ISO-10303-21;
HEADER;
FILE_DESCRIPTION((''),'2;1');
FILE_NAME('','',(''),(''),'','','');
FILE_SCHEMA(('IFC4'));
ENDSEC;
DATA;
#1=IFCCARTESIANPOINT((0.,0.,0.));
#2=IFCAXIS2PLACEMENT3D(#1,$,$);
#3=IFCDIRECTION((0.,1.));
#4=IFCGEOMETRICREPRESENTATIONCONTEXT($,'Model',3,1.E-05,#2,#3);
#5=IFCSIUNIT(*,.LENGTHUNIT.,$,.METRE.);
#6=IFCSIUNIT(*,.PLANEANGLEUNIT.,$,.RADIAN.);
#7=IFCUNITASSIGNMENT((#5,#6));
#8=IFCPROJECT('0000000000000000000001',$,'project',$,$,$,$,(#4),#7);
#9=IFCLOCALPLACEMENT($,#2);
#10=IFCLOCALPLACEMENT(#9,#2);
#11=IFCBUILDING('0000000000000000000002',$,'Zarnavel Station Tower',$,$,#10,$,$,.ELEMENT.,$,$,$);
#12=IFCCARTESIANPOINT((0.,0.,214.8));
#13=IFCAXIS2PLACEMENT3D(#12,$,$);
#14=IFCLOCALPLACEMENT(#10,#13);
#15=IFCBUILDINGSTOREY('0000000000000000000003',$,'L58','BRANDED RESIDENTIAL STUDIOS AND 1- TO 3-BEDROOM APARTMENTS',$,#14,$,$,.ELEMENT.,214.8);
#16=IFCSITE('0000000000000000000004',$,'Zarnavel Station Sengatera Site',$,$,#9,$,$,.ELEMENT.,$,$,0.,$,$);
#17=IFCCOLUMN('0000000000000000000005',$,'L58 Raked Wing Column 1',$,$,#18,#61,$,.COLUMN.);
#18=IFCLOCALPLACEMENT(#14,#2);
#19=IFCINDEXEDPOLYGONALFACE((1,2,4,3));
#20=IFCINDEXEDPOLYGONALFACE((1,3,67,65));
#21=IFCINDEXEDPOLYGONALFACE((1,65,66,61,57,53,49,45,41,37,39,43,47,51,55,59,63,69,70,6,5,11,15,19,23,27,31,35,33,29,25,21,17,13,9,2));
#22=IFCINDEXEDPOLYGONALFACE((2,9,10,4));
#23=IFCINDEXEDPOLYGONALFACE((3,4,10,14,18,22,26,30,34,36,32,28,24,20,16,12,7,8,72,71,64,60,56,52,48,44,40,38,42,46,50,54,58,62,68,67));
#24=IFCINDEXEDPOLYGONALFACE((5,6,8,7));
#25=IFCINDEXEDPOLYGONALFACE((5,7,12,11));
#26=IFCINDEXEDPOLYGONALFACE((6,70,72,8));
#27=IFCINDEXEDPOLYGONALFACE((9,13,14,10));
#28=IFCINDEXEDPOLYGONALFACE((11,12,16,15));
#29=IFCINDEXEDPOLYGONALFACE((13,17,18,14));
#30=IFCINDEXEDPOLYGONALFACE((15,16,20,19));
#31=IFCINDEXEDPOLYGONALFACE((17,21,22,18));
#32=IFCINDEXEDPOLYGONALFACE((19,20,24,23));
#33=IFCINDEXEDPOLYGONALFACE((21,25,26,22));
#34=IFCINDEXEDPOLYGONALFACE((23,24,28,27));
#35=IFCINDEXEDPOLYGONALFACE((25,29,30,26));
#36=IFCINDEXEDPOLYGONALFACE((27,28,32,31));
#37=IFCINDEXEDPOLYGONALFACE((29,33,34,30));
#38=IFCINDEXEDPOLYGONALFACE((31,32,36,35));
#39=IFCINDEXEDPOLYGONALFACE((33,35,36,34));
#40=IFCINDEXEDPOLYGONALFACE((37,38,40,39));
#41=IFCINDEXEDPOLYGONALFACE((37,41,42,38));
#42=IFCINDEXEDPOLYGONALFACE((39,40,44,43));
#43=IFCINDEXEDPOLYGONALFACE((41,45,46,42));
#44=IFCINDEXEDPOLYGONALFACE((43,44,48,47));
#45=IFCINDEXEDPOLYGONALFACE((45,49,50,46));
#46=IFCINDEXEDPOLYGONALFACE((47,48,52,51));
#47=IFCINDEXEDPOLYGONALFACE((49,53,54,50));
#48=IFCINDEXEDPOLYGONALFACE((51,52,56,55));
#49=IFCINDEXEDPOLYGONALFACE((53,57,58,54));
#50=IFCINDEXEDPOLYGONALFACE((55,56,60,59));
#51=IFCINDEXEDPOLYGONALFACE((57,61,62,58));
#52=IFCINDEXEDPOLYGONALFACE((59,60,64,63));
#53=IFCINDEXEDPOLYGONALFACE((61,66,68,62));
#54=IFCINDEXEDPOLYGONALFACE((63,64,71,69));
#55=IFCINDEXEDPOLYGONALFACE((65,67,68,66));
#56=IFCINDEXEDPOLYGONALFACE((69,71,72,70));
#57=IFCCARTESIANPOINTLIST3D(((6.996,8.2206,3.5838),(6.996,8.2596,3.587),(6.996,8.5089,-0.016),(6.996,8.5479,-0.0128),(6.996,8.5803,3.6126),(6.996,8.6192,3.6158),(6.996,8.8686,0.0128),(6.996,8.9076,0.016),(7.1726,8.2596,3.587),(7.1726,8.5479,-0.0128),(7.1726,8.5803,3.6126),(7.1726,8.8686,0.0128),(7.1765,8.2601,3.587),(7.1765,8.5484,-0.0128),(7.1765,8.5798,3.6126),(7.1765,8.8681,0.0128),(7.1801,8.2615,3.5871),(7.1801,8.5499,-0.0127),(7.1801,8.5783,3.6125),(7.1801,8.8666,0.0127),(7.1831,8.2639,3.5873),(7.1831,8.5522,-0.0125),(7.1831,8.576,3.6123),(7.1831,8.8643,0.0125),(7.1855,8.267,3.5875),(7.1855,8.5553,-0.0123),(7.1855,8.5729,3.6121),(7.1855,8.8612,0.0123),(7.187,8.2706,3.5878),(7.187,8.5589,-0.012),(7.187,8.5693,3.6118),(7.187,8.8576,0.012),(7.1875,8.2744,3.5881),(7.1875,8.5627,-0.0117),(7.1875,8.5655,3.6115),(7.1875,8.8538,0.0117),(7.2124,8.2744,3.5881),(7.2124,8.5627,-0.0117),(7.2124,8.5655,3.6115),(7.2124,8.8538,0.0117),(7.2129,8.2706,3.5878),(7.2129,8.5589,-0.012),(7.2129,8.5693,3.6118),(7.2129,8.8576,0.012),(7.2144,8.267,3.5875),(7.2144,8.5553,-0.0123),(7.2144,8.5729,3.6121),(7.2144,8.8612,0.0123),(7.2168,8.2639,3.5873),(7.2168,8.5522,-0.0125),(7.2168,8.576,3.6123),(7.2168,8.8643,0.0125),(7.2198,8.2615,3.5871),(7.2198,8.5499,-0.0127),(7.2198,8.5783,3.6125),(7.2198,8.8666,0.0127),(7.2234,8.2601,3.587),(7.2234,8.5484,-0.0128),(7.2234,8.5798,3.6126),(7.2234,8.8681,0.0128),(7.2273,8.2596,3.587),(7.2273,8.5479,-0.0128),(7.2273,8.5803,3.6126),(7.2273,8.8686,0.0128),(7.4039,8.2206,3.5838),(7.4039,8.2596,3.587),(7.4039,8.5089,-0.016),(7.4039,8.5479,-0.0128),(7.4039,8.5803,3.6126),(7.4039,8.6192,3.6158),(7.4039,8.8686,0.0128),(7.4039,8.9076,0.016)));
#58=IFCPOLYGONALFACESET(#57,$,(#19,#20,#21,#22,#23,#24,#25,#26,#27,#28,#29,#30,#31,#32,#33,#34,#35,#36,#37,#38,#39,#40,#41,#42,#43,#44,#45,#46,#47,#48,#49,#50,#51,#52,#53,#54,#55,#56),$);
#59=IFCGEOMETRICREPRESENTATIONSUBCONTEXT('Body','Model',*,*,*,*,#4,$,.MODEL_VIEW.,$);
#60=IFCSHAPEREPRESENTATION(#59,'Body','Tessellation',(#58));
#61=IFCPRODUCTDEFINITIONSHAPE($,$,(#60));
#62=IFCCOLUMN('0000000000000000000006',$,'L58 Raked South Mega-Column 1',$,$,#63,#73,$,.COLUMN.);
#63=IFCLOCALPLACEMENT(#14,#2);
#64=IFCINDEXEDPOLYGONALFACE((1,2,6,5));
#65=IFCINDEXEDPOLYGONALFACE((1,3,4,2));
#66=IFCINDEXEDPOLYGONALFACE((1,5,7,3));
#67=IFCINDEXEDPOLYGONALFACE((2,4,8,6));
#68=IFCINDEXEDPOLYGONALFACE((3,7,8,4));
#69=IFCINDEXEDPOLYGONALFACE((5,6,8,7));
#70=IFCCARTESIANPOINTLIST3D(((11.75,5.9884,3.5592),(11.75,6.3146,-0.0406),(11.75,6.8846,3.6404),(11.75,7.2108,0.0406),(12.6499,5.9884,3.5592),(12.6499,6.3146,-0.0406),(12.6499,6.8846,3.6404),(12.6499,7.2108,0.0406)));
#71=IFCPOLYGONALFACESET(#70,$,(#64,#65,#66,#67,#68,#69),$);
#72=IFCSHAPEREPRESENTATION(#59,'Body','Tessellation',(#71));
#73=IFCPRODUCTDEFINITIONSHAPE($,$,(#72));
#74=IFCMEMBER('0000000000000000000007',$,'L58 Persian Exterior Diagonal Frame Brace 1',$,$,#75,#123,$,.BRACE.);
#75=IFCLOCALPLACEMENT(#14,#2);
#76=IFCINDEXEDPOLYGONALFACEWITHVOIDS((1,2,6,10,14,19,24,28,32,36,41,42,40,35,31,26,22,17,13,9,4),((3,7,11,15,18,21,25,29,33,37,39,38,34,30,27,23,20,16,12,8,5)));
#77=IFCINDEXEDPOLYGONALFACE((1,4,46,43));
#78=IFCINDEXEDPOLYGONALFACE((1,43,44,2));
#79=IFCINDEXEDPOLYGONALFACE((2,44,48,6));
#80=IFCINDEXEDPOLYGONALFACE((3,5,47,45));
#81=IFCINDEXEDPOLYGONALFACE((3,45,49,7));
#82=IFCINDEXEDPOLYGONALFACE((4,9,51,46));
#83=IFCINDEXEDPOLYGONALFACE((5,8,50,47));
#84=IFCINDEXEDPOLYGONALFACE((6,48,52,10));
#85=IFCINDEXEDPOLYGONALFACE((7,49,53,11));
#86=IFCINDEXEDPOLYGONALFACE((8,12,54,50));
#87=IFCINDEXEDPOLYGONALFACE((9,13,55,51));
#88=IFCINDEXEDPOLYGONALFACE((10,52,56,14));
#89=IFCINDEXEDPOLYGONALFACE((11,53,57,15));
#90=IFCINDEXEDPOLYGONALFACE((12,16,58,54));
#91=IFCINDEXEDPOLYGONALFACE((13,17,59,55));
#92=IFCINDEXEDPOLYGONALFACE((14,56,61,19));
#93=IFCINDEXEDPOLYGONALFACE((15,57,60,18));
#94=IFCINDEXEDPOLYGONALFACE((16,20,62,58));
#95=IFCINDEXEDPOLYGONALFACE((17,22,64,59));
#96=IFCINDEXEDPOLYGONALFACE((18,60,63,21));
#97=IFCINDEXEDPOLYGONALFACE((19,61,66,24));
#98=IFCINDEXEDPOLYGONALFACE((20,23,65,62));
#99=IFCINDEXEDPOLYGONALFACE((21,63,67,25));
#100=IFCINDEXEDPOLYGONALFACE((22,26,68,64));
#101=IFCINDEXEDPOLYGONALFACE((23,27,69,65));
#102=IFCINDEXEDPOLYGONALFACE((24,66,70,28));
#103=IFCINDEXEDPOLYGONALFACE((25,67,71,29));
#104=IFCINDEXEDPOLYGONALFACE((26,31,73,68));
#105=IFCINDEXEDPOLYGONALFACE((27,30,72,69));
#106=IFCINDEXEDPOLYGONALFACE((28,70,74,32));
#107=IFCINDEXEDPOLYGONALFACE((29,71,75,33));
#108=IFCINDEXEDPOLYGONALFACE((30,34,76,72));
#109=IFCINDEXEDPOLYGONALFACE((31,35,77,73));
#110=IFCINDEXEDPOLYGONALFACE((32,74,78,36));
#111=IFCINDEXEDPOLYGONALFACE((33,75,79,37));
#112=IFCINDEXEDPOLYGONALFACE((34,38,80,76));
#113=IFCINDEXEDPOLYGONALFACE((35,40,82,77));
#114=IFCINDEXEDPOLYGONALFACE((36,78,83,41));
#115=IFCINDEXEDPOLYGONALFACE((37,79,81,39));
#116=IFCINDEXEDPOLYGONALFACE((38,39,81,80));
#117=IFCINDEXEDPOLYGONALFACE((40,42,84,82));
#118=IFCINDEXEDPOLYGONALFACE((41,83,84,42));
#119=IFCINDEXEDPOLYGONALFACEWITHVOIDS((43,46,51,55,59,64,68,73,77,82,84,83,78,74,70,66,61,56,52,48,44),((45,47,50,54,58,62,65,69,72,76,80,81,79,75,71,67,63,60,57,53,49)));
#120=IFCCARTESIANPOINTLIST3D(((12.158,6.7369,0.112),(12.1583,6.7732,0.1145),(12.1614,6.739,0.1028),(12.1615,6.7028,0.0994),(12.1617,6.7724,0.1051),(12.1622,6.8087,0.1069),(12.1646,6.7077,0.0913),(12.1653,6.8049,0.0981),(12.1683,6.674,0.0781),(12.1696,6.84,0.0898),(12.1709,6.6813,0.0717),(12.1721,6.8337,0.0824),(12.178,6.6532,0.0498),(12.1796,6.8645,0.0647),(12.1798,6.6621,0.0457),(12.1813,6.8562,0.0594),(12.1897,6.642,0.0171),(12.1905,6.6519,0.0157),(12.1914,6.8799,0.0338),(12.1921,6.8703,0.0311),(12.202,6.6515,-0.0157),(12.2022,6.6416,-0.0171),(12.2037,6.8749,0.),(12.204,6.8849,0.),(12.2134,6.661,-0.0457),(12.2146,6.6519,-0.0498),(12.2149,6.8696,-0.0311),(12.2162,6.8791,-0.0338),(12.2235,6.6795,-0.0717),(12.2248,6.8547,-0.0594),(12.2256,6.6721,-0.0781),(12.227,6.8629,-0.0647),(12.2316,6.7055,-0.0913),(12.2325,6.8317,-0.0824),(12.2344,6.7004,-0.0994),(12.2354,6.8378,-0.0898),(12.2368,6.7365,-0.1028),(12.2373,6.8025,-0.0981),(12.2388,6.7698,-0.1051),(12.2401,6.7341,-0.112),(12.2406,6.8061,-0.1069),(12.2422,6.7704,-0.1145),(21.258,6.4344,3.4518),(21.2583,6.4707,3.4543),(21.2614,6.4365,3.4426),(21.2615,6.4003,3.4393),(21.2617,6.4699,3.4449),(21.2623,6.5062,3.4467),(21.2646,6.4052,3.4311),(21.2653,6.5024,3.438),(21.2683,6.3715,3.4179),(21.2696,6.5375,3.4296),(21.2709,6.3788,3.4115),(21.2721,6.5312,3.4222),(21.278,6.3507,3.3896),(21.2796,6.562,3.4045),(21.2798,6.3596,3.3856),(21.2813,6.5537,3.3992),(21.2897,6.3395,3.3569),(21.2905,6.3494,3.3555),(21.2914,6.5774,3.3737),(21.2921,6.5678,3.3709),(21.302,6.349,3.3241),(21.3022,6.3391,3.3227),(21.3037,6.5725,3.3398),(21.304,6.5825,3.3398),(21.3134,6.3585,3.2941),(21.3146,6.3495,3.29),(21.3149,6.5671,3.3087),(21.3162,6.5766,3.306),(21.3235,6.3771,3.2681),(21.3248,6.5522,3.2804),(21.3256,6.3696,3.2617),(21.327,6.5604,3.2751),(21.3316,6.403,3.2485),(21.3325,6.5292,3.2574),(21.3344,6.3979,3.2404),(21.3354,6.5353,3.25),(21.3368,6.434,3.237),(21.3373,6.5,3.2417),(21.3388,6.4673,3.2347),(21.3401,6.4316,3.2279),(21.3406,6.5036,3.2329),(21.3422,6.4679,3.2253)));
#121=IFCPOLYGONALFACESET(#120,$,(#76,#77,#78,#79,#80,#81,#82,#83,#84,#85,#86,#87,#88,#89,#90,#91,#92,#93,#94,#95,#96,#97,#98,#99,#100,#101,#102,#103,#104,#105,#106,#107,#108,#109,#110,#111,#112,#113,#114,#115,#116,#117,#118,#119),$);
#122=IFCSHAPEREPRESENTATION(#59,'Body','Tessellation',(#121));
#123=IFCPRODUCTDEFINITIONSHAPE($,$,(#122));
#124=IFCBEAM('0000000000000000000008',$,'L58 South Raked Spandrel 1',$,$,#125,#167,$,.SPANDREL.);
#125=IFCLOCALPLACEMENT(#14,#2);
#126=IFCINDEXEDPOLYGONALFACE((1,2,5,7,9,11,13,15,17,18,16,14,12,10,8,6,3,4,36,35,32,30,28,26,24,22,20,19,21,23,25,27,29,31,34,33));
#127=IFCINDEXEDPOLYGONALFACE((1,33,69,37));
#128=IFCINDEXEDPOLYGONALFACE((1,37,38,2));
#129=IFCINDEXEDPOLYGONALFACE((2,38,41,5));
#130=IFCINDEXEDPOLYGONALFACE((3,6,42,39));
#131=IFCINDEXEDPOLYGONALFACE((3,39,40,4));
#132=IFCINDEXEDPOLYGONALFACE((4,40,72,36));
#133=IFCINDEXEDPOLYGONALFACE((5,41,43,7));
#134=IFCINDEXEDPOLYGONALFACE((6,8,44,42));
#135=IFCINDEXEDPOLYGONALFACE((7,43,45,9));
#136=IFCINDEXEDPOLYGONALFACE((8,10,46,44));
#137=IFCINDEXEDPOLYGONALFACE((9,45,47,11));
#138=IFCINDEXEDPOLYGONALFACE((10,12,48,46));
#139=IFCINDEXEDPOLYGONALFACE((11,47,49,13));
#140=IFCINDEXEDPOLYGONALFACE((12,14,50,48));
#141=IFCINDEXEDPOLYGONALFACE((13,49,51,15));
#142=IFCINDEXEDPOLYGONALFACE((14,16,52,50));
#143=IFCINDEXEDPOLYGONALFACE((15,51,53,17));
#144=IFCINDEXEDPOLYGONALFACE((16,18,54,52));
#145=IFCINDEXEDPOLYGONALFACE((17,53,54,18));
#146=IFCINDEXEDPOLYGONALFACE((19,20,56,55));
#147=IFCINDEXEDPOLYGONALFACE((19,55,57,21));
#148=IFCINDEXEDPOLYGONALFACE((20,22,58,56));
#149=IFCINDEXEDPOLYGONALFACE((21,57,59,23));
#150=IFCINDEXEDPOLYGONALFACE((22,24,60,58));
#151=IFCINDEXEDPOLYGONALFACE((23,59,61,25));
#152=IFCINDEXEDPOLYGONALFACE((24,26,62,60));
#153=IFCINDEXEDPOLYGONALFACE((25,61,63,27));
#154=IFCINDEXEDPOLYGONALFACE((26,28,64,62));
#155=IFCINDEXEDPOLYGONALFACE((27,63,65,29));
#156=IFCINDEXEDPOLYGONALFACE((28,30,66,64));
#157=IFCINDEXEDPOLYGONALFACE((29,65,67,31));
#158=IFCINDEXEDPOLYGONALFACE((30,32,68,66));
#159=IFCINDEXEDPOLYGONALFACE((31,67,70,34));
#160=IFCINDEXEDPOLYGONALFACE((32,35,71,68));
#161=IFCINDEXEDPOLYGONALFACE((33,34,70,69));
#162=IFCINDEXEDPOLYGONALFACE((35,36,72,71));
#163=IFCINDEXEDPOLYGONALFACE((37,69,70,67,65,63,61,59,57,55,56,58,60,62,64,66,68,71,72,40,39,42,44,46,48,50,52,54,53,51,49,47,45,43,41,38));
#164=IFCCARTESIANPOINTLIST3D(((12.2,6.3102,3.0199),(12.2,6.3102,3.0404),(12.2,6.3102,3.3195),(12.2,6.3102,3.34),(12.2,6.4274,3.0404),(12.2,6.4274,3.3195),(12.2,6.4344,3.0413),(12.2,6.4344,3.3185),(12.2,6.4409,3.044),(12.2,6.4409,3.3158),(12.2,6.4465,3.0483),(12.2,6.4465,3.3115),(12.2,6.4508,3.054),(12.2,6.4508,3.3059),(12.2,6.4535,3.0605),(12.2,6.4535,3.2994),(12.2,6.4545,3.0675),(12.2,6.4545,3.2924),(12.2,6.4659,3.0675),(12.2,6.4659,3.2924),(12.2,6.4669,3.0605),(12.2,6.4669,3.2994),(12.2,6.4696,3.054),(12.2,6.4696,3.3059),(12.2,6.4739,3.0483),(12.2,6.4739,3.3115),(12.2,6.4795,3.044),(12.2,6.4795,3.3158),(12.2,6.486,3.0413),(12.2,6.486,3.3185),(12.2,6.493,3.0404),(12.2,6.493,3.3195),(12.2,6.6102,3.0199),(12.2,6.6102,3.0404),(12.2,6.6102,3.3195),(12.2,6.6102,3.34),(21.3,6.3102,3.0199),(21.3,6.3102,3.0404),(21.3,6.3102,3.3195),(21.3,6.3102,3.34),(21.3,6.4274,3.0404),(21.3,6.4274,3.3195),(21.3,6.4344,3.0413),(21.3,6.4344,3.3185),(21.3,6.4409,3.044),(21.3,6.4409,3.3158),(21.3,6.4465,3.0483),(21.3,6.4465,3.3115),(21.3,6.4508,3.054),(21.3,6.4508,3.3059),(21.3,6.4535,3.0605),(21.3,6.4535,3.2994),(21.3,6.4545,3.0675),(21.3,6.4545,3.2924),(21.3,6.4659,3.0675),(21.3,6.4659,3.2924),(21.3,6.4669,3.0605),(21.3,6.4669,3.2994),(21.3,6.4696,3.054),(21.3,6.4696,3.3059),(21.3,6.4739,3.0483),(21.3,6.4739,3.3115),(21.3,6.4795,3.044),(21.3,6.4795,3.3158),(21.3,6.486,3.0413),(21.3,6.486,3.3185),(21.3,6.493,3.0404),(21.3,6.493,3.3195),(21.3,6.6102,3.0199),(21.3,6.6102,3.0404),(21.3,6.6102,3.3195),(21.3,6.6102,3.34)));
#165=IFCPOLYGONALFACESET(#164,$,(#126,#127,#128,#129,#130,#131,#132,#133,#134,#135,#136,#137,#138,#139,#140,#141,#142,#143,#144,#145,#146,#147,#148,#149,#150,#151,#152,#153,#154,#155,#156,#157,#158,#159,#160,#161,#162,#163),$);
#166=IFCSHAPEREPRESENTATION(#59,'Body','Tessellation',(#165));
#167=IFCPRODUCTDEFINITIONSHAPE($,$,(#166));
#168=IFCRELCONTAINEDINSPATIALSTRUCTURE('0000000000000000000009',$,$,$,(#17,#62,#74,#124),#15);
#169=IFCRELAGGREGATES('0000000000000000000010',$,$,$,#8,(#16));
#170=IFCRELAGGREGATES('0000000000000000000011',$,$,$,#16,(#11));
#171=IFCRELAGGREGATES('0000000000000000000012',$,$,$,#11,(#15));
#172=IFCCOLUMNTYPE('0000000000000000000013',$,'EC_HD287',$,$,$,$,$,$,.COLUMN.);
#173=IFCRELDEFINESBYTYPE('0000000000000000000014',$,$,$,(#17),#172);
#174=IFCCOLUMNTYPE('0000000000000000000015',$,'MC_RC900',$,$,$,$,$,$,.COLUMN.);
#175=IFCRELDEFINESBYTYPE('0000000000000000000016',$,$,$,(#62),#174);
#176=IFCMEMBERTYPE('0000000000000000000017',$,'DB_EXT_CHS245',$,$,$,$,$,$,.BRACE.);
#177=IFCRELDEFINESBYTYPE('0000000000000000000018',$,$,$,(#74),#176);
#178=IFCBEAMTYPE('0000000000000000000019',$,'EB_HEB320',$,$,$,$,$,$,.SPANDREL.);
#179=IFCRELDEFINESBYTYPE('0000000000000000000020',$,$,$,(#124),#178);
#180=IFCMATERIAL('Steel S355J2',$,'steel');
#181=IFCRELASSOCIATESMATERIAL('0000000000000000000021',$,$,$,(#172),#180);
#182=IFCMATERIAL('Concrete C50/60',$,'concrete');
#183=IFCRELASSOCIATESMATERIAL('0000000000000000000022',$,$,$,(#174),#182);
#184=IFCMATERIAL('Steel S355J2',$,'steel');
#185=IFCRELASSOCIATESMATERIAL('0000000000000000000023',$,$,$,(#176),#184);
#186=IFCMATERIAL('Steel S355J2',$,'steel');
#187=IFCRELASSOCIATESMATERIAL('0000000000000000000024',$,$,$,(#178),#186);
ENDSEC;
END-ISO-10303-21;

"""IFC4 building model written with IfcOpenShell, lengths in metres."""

from ifc_helpers import new_model, si_unit, direction, frame, origin, origin_2d, place, context, subcontext, project, spatial, rectangle, hollow_circle, i_section, extrude, material, material_profile, profile_set, type_object, element, save


model = new_model("IFC4")

# Units and contexts
model_context = context("Model", 3, precision=1e-05, world=origin(), true_north=direction((0.0, 1.0)))
body_context = subcontext(model_context, "Body", "Model", "MODEL_VIEW")
ifc_project = project(units=[si_unit("LENGTHUNIT", "METRE"), si_unit("PLANEANGLEUNIT", "RADIAN")], contexts=[model_context])

# Site, building, storey
site_placement = place(None, origin())
site = spatial("IfcSite", under=ifc_project, at=site_placement, Name="Zarnavel Station Sengatera Site", CompositionType="ELEMENT", RefElevation=0.0)
building_placement = place(site_placement, origin())
building = spatial("IfcBuilding", under=site, at=building_placement, Name="Zarnavel Station Tower", CompositionType="ELEMENT")
storey_placement = place(building_placement, frame((0.0, 0.0, 214.8)))
storey = spatial("IfcBuildingStorey", under=building, at=storey_placement, Name="L58", Description="BRANDED RESIDENTIAL STUDIOS AND 1- TO 3-BEDROOM APARTMENTS", CompositionType="ELEMENT", Elevation=214.8)

# Columns
ifc_material_1 = material(Name="Steel S355J2", Category="steel")
ifc_material_profile_1 = material_profile(ifc_material_1, i_section(OverallWidth=0.408, OverallDepth=0.3999, WebThickness=0.0249, FlangeThickness=0.0391, FilletRadius=0.0149, at=origin_2d()), Name="HD400x287")
ifc_profile_set_1 = profile_set([ifc_material_profile_1], Name="Steel S355J2")
column_type_1 = type_object("IfcColumnType", Name="EC_HD287", PredefinedType="COLUMN", material=ifc_profile_set_1)
column_1_placement = place(storey_placement, frame((7.2, 8.7083, 0.0), z_axis=(0.0, -0.079839, 0.996808), x_axis=(1.0, 0.0, 0.0)))
element("IfcColumn", 1, at=column_1_placement, inside=storey, type_object=column_type_1, Name="L58 Raked Wing Column 1", PredefinedType="COLUMN", context=body_context, shape_type="SweptSolid", body=[
    extrude(i_section(OverallWidth=0.408, OverallDepth=0.3999, WebThickness=0.0249, FlangeThickness=0.0391, FilletRadius=0.0149, at=origin_2d()), origin(), (0.0, 0.0, 1.0), 3.6113),
])
ifc_material_2 = material(Name="Concrete C50/60", Category="concrete")
ifc_material_profile_2 = material_profile(ifc_material_2, rectangle(XDim=0.8999, YDim=0.8999, at=origin_2d()), Name="RC900x900")
ifc_profile_set_2 = profile_set([ifc_material_profile_2], Name="Concrete C50/60")
column_type_2 = type_object("IfcColumnType", Name="MC_RC900", PredefinedType="COLUMN", material=ifc_profile_set_2)
column_2_placement = place(storey_placement, frame((12.2, 6.7627, 0.0), z_axis=(0.0, -0.090237, 0.99592), x_axis=(1.0, 0.0, 0.0)))
element("IfcColumn", 2, at=column_2_placement, inside=storey, type_object=column_type_2, Name="L58 Raked South Mega-Column 1", PredefinedType="COLUMN", context=body_context, shape_type="SweptSolid", body=[
    extrude(rectangle(XDim=0.8999, YDim=0.8999, at=origin_2d()), origin(), (0.0, 0.0, 1.0), 3.6145),
])

# Member
ifc_material_3 = material(Name="Steel S355J2", Category="steel")
ifc_material_profile_3 = material_profile(ifc_material_3, hollow_circle(Radius=0.1223, WallThickness=0.01, at=origin_2d()), Name="CHS244.5x10")
ifc_profile_set_3 = profile_set([ifc_material_profile_3], Name="Steel S355J2")
member_type = type_object("IfcMemberType", Name="DB_EXT_CHS245", PredefinedType="BRACE", material=ifc_profile_set_3)
member_placement = place(storey_placement, frame((12.2, 6.7627, 0.0), z_axis=(0.938315, -0.03119, 0.344373), x_axis=(0.033222, 0.999448, 0.0)))
element("IfcMember", 3, at=member_placement, inside=storey, type_object=member_type, Name="L58 Persian Exterior Diagonal Frame Brace 1", PredefinedType="BRACE", context=body_context, shape_type="SweptSolid", body=[
    extrude(hollow_circle(Radius=0.1223, WallThickness=0.01, at=origin_2d()), origin(), (0.0, 0.0, 1.0), 9.6982),
])

# Beam
ifc_material_4 = material(Name="Steel S355J2", Category="steel")
ifc_material_profile_4 = material_profile(ifc_material_4, i_section(OverallWidth=0.3, OverallDepth=0.3201, WebThickness=0.0115, FlangeThickness=0.0205, FilletRadius=0.0271, at=origin_2d()), Name="HEB320")
ifc_profile_set_4 = profile_set([ifc_material_profile_4], Name="Steel S355J2")
beam_type_1 = type_object("IfcBeamType", Name="EB_HEB320", PredefinedType="SPANDREL", material=ifc_profile_set_4)
beam_1_placement = place(storey_placement, frame((12.2, 6.4602, 3.1799), z_axis=(1.0, 0.0, 0.0), x_axis=(0.0, 1.0, 0.0)))
element("IfcBeam", 4, at=beam_1_placement, inside=storey, type_object=beam_type_1, Name="L58 South Raked Spandrel 1", PredefinedType="SPANDREL", context=body_context, shape_type="SweptSolid", body=[
    extrude(i_section(OverallWidth=0.3, OverallDepth=0.3201, WebThickness=0.0115, FlangeThickness=0.0205, FilletRadius=0.0271, at=origin_2d()), origin(), (0.0, 0.0, 1.0), 9.1001),
])

save(model, "model.ifc")
